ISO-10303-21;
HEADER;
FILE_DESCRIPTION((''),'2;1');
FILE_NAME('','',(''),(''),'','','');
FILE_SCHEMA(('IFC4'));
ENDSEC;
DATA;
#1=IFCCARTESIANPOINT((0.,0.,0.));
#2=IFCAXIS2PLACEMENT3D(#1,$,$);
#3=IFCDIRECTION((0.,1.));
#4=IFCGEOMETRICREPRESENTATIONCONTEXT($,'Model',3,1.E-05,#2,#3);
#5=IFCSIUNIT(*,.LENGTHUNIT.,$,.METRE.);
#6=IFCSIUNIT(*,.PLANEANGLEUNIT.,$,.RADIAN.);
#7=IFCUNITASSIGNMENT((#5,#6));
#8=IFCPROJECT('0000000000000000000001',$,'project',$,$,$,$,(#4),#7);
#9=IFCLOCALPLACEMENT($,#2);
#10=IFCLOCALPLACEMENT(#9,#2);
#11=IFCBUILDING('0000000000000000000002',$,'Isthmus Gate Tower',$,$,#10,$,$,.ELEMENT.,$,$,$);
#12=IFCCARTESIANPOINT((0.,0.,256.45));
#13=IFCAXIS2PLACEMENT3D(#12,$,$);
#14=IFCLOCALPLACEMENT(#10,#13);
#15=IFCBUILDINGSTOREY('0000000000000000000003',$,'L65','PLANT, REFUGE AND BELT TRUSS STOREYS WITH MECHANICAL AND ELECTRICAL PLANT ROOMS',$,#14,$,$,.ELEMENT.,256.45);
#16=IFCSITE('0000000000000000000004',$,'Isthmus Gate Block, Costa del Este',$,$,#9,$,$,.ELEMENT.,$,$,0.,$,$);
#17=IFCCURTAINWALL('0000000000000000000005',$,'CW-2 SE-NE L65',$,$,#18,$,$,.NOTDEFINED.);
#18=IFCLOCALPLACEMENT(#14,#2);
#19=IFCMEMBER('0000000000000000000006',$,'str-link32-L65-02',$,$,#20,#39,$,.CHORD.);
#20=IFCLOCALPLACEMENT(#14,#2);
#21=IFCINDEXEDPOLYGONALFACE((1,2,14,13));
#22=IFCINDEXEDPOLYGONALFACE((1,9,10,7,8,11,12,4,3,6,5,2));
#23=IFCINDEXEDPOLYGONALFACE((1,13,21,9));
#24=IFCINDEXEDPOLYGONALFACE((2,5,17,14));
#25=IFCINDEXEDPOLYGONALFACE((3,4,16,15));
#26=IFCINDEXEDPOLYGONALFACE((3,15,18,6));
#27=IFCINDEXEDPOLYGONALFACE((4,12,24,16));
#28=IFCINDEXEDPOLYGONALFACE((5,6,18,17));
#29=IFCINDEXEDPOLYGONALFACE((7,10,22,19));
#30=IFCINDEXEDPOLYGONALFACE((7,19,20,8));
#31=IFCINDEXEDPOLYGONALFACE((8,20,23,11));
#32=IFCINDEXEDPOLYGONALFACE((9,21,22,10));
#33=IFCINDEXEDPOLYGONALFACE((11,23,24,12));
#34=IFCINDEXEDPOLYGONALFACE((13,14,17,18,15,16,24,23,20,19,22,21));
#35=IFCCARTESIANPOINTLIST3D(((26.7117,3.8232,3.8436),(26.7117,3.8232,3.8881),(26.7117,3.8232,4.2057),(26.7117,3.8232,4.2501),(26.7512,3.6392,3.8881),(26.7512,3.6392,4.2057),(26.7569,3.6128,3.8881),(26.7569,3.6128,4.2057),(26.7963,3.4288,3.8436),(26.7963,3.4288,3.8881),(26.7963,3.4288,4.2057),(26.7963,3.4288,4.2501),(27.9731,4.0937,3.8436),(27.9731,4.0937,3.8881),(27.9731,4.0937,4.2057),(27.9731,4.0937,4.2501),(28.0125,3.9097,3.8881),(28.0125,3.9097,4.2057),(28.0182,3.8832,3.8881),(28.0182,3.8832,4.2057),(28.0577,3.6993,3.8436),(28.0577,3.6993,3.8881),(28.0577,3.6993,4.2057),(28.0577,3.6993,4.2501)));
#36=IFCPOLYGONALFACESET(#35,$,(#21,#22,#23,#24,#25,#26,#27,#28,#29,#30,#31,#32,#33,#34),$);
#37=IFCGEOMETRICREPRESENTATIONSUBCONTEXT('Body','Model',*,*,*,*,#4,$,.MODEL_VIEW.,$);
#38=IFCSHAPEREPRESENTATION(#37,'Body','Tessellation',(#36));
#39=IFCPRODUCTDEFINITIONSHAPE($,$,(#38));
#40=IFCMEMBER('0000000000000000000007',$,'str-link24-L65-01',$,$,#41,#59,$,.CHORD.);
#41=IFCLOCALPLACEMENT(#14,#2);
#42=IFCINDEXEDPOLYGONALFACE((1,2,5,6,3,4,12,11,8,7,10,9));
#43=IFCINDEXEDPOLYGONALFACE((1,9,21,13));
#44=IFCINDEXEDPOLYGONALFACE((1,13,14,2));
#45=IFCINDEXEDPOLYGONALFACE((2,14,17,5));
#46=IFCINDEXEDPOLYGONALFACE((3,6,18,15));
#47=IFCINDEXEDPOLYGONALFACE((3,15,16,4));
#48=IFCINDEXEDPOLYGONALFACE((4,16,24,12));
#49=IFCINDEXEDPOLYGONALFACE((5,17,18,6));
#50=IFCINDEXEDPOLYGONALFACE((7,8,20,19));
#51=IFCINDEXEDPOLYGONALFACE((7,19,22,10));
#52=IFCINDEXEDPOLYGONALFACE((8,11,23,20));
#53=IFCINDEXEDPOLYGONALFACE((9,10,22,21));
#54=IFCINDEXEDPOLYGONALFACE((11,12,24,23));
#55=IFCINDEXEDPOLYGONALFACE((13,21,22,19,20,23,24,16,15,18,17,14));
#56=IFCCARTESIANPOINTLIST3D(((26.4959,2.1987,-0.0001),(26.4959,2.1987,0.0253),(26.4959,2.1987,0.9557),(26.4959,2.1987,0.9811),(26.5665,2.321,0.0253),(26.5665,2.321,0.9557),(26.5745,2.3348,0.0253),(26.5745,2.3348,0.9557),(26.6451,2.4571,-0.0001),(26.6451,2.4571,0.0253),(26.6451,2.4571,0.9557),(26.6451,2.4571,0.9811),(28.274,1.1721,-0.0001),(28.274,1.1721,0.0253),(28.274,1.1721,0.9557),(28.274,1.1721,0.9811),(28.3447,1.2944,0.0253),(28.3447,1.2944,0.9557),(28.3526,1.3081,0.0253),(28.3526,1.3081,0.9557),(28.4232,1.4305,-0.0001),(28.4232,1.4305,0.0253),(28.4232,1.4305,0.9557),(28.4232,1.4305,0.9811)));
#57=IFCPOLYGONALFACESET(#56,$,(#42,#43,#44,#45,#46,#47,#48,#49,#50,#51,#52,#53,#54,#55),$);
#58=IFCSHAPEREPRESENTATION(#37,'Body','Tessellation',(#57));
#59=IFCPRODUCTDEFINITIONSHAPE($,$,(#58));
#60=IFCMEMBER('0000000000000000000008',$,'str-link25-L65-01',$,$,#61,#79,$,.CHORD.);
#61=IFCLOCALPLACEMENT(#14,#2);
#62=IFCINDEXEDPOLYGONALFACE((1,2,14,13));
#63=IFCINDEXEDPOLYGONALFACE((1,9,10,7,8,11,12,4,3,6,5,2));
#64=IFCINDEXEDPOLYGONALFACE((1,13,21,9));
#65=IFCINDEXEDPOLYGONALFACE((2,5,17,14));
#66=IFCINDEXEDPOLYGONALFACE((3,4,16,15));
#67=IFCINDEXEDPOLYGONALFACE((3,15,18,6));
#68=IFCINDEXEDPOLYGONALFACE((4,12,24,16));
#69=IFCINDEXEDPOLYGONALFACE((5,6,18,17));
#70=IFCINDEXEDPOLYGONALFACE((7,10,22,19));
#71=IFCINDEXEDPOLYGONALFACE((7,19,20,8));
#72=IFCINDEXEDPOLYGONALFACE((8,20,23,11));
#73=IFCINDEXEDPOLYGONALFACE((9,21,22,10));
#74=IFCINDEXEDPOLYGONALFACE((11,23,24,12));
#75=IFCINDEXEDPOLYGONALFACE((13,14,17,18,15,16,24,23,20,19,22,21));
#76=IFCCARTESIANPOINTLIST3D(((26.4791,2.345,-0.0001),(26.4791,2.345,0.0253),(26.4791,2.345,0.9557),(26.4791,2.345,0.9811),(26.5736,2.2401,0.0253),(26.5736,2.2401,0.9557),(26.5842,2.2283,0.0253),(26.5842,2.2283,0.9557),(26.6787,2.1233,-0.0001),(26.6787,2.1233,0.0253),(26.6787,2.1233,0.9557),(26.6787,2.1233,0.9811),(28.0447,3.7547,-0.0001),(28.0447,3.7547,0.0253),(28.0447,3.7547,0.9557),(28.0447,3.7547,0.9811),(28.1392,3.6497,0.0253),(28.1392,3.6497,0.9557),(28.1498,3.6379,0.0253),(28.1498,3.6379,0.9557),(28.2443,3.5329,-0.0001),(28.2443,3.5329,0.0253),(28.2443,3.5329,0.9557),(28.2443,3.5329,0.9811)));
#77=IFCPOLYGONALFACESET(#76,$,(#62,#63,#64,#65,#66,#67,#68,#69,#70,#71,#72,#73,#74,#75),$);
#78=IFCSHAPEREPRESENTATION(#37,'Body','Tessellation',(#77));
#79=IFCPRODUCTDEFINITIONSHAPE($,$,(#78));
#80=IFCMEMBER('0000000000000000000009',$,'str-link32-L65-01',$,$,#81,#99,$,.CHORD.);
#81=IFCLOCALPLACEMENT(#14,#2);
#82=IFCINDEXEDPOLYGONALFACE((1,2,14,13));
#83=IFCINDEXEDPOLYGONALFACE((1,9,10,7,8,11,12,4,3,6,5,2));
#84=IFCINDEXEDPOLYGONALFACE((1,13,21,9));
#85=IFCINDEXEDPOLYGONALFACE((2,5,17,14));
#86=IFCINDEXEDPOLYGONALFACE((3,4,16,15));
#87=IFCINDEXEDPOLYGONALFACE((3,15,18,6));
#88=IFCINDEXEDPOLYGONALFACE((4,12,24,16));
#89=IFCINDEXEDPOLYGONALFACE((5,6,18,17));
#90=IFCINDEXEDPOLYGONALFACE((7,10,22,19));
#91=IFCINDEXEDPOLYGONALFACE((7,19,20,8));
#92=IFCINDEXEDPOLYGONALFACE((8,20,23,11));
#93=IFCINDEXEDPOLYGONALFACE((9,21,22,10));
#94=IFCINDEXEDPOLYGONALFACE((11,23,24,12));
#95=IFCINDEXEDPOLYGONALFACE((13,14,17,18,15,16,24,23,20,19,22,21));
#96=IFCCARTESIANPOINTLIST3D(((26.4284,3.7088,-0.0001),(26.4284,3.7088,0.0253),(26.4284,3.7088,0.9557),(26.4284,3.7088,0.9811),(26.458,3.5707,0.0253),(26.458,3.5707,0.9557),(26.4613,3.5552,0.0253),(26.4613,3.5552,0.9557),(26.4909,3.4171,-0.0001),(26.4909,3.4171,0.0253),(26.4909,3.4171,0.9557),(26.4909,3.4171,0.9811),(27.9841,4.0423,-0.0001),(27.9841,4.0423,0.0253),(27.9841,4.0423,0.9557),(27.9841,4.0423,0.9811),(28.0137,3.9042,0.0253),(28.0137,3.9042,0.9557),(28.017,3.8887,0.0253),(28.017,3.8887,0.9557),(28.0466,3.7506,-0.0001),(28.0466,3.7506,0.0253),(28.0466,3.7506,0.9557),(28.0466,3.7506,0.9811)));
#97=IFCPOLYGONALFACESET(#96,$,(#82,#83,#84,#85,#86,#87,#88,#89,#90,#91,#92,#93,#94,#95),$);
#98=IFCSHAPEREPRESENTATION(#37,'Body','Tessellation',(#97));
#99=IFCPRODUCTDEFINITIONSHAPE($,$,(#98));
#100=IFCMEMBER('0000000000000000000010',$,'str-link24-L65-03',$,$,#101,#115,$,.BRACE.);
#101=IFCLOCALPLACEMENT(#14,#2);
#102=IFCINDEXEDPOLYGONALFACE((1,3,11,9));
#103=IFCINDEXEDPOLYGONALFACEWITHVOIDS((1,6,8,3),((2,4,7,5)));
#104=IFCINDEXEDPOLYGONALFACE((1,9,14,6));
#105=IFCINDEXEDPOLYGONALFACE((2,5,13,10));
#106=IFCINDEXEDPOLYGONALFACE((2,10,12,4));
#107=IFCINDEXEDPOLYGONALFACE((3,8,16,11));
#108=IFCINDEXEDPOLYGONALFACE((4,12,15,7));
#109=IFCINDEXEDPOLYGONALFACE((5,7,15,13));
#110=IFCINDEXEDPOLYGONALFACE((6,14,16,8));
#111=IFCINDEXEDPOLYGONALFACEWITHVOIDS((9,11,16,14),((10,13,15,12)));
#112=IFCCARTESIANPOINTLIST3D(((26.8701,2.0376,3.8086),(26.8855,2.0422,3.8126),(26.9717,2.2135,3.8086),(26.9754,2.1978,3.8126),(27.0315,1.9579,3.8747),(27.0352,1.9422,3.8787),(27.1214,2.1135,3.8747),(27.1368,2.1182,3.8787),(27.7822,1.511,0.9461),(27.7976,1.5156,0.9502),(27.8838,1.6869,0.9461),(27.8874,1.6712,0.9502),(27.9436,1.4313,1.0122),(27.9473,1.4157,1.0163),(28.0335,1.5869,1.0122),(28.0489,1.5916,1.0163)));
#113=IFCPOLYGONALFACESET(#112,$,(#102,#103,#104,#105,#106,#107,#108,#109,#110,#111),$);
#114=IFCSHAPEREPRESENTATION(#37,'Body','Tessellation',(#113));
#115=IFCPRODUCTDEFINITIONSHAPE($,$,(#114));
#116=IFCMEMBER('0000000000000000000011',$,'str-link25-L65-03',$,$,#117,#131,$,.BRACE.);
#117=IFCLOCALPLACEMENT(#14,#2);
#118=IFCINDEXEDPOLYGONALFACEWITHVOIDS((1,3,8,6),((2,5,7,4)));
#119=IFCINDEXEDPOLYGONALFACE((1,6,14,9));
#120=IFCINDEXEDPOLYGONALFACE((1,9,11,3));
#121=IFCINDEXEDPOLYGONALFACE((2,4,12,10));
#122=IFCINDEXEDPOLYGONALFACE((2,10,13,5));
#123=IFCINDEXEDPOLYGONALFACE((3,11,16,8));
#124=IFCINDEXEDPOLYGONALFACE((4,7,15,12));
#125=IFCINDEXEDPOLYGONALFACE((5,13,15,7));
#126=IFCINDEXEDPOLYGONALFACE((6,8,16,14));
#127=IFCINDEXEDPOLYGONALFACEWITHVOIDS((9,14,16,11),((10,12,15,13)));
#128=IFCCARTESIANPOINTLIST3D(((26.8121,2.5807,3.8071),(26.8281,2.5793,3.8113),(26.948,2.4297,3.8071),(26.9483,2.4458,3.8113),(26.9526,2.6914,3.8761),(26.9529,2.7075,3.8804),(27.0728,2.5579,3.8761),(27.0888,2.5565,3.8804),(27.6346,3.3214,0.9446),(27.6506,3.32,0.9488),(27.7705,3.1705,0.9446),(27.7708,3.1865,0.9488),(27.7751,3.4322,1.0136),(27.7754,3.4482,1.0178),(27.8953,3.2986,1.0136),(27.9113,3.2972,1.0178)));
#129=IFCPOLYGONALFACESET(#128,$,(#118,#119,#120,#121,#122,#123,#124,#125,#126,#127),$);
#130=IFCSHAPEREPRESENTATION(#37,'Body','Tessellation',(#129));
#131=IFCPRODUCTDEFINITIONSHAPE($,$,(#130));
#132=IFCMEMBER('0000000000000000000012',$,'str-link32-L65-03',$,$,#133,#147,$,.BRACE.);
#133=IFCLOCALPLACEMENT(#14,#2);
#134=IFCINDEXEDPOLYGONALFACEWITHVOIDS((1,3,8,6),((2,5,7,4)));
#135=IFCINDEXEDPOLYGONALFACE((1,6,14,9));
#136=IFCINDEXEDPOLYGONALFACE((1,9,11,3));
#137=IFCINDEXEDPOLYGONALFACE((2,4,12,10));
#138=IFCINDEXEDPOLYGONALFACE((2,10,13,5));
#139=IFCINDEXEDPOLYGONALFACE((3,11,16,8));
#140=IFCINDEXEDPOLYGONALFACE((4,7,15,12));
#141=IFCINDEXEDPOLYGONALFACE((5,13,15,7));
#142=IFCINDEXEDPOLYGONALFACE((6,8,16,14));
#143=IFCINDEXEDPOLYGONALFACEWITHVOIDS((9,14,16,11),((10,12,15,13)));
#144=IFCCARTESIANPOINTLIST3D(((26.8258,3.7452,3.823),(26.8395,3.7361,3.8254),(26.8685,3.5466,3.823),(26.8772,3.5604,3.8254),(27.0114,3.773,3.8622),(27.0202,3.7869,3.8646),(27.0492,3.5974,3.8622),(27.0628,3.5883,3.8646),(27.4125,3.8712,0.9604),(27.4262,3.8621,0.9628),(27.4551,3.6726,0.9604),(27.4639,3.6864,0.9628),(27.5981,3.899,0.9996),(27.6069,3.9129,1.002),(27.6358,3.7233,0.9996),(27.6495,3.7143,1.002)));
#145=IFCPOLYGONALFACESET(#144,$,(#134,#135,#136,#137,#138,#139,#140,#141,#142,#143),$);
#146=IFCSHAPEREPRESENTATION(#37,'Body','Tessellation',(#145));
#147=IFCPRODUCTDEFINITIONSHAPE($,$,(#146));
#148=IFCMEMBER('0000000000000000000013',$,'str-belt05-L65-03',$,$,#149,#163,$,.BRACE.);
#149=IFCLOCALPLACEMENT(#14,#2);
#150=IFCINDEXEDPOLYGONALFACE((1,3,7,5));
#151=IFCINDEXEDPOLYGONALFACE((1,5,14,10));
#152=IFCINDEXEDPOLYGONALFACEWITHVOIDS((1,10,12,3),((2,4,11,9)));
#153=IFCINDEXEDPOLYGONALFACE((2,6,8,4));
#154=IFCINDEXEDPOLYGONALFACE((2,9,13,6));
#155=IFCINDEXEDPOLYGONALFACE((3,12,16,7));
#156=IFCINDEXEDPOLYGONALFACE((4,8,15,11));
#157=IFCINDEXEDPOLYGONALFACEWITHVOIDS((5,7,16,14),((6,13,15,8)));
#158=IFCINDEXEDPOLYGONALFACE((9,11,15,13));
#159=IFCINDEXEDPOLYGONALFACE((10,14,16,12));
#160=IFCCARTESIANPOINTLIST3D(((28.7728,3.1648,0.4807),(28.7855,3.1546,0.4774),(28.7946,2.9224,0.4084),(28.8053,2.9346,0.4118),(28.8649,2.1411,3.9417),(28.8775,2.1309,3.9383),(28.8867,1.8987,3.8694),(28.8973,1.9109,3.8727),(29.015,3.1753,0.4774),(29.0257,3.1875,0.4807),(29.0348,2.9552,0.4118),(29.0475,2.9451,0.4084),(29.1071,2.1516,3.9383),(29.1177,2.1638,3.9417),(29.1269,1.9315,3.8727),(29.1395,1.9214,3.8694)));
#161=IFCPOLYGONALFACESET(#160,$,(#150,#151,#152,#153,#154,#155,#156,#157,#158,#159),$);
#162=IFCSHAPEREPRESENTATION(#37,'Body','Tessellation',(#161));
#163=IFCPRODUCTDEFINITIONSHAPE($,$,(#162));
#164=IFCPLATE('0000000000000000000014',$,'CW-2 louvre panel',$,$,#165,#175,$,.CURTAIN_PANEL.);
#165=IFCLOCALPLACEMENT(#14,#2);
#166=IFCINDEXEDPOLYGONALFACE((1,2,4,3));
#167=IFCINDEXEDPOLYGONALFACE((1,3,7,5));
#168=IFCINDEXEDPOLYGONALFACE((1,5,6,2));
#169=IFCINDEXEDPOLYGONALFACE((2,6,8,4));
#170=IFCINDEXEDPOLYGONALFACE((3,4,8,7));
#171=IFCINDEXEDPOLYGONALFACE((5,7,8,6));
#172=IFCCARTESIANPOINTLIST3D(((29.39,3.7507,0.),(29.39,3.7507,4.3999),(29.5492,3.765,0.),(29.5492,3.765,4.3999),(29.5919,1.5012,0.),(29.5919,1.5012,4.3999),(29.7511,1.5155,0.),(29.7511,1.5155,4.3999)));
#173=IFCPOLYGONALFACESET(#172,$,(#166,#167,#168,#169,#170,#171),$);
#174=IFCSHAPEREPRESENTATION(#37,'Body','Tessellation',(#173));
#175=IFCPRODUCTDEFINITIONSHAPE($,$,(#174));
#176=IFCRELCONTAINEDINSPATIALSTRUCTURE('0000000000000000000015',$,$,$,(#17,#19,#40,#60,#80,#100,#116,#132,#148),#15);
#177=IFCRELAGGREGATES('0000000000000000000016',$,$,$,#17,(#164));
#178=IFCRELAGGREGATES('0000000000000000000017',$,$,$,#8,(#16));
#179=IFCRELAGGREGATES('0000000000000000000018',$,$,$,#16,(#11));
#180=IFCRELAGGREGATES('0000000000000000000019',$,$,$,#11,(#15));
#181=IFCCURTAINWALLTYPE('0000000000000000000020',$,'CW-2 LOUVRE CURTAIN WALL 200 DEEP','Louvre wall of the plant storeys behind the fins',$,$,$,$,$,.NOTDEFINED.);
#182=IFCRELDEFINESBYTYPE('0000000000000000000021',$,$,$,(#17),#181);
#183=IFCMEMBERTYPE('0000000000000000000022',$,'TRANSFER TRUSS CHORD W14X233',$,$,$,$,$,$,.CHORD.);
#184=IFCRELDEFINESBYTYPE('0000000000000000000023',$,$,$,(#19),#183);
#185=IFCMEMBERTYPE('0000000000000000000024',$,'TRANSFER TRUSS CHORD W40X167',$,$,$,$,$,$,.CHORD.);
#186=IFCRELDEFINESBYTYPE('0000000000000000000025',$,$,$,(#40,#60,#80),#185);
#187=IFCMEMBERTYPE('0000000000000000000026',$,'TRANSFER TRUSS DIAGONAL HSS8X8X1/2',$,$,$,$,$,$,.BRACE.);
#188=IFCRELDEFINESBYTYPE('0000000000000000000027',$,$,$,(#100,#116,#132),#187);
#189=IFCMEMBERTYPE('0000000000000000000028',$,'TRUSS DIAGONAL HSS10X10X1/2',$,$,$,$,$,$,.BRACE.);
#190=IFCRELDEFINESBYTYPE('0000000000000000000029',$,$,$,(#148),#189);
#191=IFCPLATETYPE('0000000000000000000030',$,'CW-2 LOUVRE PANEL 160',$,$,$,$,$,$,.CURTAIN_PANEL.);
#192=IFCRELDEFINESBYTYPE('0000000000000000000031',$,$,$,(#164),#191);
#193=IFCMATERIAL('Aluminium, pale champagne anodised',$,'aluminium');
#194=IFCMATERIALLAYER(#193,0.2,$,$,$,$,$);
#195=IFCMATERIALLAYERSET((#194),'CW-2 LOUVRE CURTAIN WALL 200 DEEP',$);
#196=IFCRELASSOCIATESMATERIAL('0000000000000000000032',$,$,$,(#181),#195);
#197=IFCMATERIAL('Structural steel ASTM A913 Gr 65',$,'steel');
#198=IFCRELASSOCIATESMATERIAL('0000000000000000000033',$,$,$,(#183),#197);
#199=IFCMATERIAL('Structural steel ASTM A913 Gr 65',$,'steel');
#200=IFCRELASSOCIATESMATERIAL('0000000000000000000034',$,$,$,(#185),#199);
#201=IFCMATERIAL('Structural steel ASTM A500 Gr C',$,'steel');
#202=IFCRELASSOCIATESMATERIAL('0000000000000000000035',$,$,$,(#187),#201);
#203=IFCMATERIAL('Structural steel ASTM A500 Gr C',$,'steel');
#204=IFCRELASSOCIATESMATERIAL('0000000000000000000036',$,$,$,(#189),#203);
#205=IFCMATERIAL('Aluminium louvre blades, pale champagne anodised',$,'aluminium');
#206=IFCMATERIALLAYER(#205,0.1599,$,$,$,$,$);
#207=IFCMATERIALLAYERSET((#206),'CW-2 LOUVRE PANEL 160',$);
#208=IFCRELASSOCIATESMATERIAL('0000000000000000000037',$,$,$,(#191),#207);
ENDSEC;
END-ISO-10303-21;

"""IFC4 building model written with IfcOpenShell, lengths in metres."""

from ifc_helpers import new_model, si_unit, direction, frame, origin, origin_2d, place, context, subcontext, project, spatial, rectangle, hollow_rectangle, i_section, extrude, material, layer, layer_set, material_profile, profile_set, type_object, element, aggregate, save


model = new_model("IFC4")

# Units and contexts
model_context = context("Model", 3, precision=1e-05, world=origin(), true_north=direction((0.0, 1.0)))
body_context = subcontext(model_context, "Body", "Model", "MODEL_VIEW")
ifc_project = project(units=[si_unit("LENGTHUNIT", "METRE"), si_unit("PLANEANGLEUNIT", "RADIAN")], contexts=[model_context])

# Site, building, storey
site_placement = place(None, origin())
site = spatial("IfcSite", under=ifc_project, at=site_placement, Name="Isthmus Gate Block, Costa del Este", CompositionType="ELEMENT", RefElevation=0.0)
building_placement = place(site_placement, origin())
building = spatial("IfcBuilding", under=site, at=building_placement, Name="Isthmus Gate Tower", CompositionType="ELEMENT")
storey_placement = place(building_placement, frame((0.0, 0.0, 256.45)))
storey = spatial("IfcBuildingStorey", under=building, at=storey_placement, Name="L65", Description="PLANT, REFUGE AND BELT TRUSS STOREYS WITH MECHANICAL AND ELECTRICAL PLANT ROOMS", CompositionType="ELEMENT", Elevation=256.45)

# Curtain wall
ifc_material_1 = material(Name="Aluminium, pale champagne anodised", Category="aluminium")
ifc_layer_1 = layer(ifc_material_1, 0.2)
ifc_layer_set_1 = layer_set([ifc_layer_1], Name="CW-2 LOUVRE CURTAIN WALL 200 DEEP")
curtain_wall_type = type_object("IfcCurtainWallType", Name="CW-2 LOUVRE CURTAIN WALL 200 DEEP", Description="Louvre wall of the plant storeys behind the fins", PredefinedType="NOTDEFINED", material=ifc_layer_set_1)
curtain_wall_1_placement = place(storey_placement, origin())
curtain_wall_1 = element("IfcCurtainWall", 1, at=curtain_wall_1_placement, inside=storey, type_object=curtain_wall_type, Name="CW-2 SE-NE L65", PredefinedType="NOTDEFINED")

# Members
ifc_material_2 = material(Name="Structural steel ASTM A913 Gr 65", Category="steel")
ifc_material_profile_1 = material_profile(ifc_material_2, i_section(OverallWidth=0.4033, OverallDepth=0.4065, WebThickness=0.0271, FlangeThickness=0.0444, at=origin_2d()), Name="W14X233")
ifc_profile_set_1 = profile_set([ifc_material_profile_1], Name="Structural steel ASTM A913 Gr 65")
member_type_1 = type_object("IfcMemberType", Name="TRANSFER TRUSS CHORD W14X233", PredefinedType="CHORD", material=ifc_profile_set_1)
member_1_placement = place(storey_placement, frame((28.0154, 3.8965, 4.0469), z_axis=(-0.977772, -0.209671, 0.0), x_axis=(0.209671, -0.977772, 0.0)))
element("IfcMember", 2, at=member_1_placement, inside=storey, type_object=member_type_1, Name="str-link32-L65-02", PredefinedType="CHORD", context=body_context, shape_type="SweptSolid", body=[
    extrude(i_section(OverallWidth=0.4033, OverallDepth=0.4065, WebThickness=0.0271, FlangeThickness=0.0444, at=origin_2d()), origin(), (0.0, 0.0, 1.0), 1.29),
])
ifc_material_3 = material(Name="Structural steel ASTM A913 Gr 65", Category="steel")
ifc_material_profile_2 = material_profile(ifc_material_3, i_section(OverallWidth=0.2983, OverallDepth=0.9812, WebThickness=0.0159, FlangeThickness=0.0254, at=origin_2d()), Name="W40X167")
ifc_profile_set_2 = profile_set([ifc_material_profile_2], Name="Structural steel ASTM A913 Gr 65")
member_type_2 = type_object("IfcMemberType", Name="TRANSFER TRUSS CHORD W40X167", PredefinedType="CHORD", material=ifc_profile_set_2)
member_2_placement = place(storey_placement, frame((28.3486, 1.3013, 0.4905), z_axis=(-0.866017, 0.500014, 0.0), x_axis=(-0.500014, -0.866017, 0.0)))
element("IfcMember", 3, at=member_2_placement, inside=storey, type_object=member_type_2, Name="str-link24-L65-01", PredefinedType="CHORD", context=body_context, shape_type="SweptSolid", body=[
    extrude(i_section(OverallWidth=0.2983, OverallDepth=0.9812, WebThickness=0.0159, FlangeThickness=0.0254, at=origin_2d()), origin(), (0.0, 0.0, 1.0), 2.0532),
])
member_3_placement = place(storey_placement, frame((28.1445, 3.6438, 0.4905), z_axis=(-0.743162, -0.669112, 0.0), x_axis=(0.669112, -0.743162, 0.0)))
element("IfcMember", 4, at=member_3_placement, inside=storey, type_object=member_type_2, Name="str-link25-L65-01", PredefinedType="CHORD", context=body_context, shape_type="SweptSolid", body=[
    extrude(i_section(OverallWidth=0.2983, OverallDepth=0.9812, WebThickness=0.0159, FlangeThickness=0.0254, at=origin_2d()), origin(), (0.0, 0.0, 1.0), 2.1067),
])
member_4_placement = place(storey_placement, frame((28.0154, 3.8965, 0.4905), z_axis=(-0.977784, -0.209613, 0.0), x_axis=(0.209613, -0.977784, 0.0)))
element("IfcMember", 5, at=member_4_placement, inside=storey, type_object=member_type_2, Name="str-link32-L65-01", PredefinedType="CHORD", context=body_context, shape_type="SweptSolid", body=[
    extrude(i_section(OverallWidth=0.2983, OverallDepth=0.9812, WebThickness=0.0159, FlangeThickness=0.0254, at=origin_2d()), origin(), (0.0, 0.0, 1.0), 1.5911),
])
ifc_material_4 = material(Name="Structural steel ASTM A500 Gr C", Category="steel")
ifc_material_profile_3 = material_profile(ifc_material_4, hollow_rectangle(XDim=0.2031, YDim=0.2031, WallThickness=0.0117, at=origin_2d()), Name="HSS8X8X1/2")
ifc_profile_set_3 = profile_set([ifc_material_profile_3], Name="Structural steel ASTM A500 Gr C")
member_type_3 = type_object("IfcMemberType", Name="TRANSFER TRUSS DIAGONAL HSS8X8X1/2", PredefinedType="BRACE", material=ifc_profile_set_3)
member_5_placement = place(storey_placement, frame((27.9155, 1.5513, 0.9812), z_axis=(-0.299037, 0.172651, 0.938493), x_axis=(-0.500003, -0.866023, 0.0)))
element("IfcMember", 6, at=member_5_placement, inside=storey, type_object=member_type_3, Name="str-link24-L65-03", PredefinedType="BRACE", context=body_context, shape_type="SweptSolid", body=[
    extrude(hollow_rectangle(XDim=0.2031, YDim=0.2031, WallThickness=0.0117, at=origin_2d()), origin(), (0.0, 0.0, 1.0), 3.05),
])
member_6_placement = place(storey_placement, frame((27.7729, 3.3093, 0.9812), z_axis=(-0.267997, -0.241348, 0.9327), x_axis=(0.669196, -0.743086, 0.0)))
element("IfcMember", 7, at=member_6_placement, inside=storey, type_object=member_type_3, Name="str-link25-L65-03", PredefinedType="BRACE", context=body_context, shape_type="SweptSolid", body=[
    extrude(hollow_rectangle(XDim=0.2031, YDim=0.2031, WallThickness=0.0117, at=origin_2d()), origin(), (0.0, 0.0, 1.0), 3.0691),
])
member_7_placement = place(storey_placement, frame((27.531, 3.7927, 0.9812), z_axis=(-0.200587, -0.043072, 0.978729), x_axis=(0.209946, -0.977713, 0.0)))
element("IfcMember", 8, at=member_7_placement, inside=storey, type_object=member_type_3, Name="str-link32-L65-03", PredefinedType="BRACE", context=body_context, shape_type="SweptSolid", body=[
    extrude(hollow_rectangle(XDim=0.2031, YDim=0.2031, WallThickness=0.0117, at=origin_2d()), origin(), (0.0, 0.0, 1.0), 2.9248),
])
ifc_material_5 = material(Name="Structural steel ASTM A500 Gr C", Category="steel")
ifc_material_profile_4 = material_profile(ifc_material_5, hollow_rectangle(XDim=0.2539, YDim=0.2539, WallThickness=0.0117, at=origin_2d()), Name="HSS10X10X1/2")
ifc_profile_set_4 = profile_set([ifc_material_profile_4], Name="Structural steel ASTM A500 Gr C")
member_type_4 = type_object("IfcMemberType", Name="TRUSS DIAGONAL HSS10X10X1/2", PredefinedType="BRACE", material=ifc_profile_set_4)
member_8_placement = place(storey_placement, frame((28.9102, 3.0549, 0.4446), z_axis=(0.025494, -0.283542, 0.958621), x_axis=(0.995982, 0.089551, 0.0)))
element("IfcMember", 9, at=member_8_placement, inside=storey, type_object=member_type_4, Name="str-belt05-L65-03", PredefinedType="BRACE", context=body_context, shape_type="SweptSolid", body=[
    extrude(hollow_rectangle(XDim=0.2539, YDim=0.2539, WallThickness=0.0117, at=origin_2d()), origin(), (0.0, 0.0, 1.0), 3.6104),
])

# Plate
ifc_material_6 = material(Name="Aluminium louvre blades, pale champagne anodised", Category="aluminium")
ifc_layer_2 = layer(ifc_material_6, 0.1599)
ifc_layer_set_2 = layer_set([ifc_layer_2], Name="CW-2 LOUVRE PANEL 160")
plate_type = type_object("IfcPlateType", Name="CW-2 LOUVRE PANEL 160", PredefinedType="CURTAIN_PANEL", material=ifc_layer_set_2)
plate_1_placement = place(storey_placement, frame((29.5706, 2.6331, 0.0), z_axis=(0.0, 0.0, 1.0), x_axis=(-0.089397, 0.995996, 0.0)))
plate_1 = element("IfcPlate", 10, at=plate_1_placement, type_object=plate_type, Name="CW-2 louvre panel", PredefinedType="CURTAIN_PANEL", context=body_context, shape_type="SweptSolid", body=[
    extrude(rectangle(XDim=2.2585, YDim=0.1599, at=origin_2d()), origin(), (0.0, 0.0, 1.0), 4.3999),
])
aggregate(curtain_wall_1, [plate_1])

save(model, "model.ifc")
